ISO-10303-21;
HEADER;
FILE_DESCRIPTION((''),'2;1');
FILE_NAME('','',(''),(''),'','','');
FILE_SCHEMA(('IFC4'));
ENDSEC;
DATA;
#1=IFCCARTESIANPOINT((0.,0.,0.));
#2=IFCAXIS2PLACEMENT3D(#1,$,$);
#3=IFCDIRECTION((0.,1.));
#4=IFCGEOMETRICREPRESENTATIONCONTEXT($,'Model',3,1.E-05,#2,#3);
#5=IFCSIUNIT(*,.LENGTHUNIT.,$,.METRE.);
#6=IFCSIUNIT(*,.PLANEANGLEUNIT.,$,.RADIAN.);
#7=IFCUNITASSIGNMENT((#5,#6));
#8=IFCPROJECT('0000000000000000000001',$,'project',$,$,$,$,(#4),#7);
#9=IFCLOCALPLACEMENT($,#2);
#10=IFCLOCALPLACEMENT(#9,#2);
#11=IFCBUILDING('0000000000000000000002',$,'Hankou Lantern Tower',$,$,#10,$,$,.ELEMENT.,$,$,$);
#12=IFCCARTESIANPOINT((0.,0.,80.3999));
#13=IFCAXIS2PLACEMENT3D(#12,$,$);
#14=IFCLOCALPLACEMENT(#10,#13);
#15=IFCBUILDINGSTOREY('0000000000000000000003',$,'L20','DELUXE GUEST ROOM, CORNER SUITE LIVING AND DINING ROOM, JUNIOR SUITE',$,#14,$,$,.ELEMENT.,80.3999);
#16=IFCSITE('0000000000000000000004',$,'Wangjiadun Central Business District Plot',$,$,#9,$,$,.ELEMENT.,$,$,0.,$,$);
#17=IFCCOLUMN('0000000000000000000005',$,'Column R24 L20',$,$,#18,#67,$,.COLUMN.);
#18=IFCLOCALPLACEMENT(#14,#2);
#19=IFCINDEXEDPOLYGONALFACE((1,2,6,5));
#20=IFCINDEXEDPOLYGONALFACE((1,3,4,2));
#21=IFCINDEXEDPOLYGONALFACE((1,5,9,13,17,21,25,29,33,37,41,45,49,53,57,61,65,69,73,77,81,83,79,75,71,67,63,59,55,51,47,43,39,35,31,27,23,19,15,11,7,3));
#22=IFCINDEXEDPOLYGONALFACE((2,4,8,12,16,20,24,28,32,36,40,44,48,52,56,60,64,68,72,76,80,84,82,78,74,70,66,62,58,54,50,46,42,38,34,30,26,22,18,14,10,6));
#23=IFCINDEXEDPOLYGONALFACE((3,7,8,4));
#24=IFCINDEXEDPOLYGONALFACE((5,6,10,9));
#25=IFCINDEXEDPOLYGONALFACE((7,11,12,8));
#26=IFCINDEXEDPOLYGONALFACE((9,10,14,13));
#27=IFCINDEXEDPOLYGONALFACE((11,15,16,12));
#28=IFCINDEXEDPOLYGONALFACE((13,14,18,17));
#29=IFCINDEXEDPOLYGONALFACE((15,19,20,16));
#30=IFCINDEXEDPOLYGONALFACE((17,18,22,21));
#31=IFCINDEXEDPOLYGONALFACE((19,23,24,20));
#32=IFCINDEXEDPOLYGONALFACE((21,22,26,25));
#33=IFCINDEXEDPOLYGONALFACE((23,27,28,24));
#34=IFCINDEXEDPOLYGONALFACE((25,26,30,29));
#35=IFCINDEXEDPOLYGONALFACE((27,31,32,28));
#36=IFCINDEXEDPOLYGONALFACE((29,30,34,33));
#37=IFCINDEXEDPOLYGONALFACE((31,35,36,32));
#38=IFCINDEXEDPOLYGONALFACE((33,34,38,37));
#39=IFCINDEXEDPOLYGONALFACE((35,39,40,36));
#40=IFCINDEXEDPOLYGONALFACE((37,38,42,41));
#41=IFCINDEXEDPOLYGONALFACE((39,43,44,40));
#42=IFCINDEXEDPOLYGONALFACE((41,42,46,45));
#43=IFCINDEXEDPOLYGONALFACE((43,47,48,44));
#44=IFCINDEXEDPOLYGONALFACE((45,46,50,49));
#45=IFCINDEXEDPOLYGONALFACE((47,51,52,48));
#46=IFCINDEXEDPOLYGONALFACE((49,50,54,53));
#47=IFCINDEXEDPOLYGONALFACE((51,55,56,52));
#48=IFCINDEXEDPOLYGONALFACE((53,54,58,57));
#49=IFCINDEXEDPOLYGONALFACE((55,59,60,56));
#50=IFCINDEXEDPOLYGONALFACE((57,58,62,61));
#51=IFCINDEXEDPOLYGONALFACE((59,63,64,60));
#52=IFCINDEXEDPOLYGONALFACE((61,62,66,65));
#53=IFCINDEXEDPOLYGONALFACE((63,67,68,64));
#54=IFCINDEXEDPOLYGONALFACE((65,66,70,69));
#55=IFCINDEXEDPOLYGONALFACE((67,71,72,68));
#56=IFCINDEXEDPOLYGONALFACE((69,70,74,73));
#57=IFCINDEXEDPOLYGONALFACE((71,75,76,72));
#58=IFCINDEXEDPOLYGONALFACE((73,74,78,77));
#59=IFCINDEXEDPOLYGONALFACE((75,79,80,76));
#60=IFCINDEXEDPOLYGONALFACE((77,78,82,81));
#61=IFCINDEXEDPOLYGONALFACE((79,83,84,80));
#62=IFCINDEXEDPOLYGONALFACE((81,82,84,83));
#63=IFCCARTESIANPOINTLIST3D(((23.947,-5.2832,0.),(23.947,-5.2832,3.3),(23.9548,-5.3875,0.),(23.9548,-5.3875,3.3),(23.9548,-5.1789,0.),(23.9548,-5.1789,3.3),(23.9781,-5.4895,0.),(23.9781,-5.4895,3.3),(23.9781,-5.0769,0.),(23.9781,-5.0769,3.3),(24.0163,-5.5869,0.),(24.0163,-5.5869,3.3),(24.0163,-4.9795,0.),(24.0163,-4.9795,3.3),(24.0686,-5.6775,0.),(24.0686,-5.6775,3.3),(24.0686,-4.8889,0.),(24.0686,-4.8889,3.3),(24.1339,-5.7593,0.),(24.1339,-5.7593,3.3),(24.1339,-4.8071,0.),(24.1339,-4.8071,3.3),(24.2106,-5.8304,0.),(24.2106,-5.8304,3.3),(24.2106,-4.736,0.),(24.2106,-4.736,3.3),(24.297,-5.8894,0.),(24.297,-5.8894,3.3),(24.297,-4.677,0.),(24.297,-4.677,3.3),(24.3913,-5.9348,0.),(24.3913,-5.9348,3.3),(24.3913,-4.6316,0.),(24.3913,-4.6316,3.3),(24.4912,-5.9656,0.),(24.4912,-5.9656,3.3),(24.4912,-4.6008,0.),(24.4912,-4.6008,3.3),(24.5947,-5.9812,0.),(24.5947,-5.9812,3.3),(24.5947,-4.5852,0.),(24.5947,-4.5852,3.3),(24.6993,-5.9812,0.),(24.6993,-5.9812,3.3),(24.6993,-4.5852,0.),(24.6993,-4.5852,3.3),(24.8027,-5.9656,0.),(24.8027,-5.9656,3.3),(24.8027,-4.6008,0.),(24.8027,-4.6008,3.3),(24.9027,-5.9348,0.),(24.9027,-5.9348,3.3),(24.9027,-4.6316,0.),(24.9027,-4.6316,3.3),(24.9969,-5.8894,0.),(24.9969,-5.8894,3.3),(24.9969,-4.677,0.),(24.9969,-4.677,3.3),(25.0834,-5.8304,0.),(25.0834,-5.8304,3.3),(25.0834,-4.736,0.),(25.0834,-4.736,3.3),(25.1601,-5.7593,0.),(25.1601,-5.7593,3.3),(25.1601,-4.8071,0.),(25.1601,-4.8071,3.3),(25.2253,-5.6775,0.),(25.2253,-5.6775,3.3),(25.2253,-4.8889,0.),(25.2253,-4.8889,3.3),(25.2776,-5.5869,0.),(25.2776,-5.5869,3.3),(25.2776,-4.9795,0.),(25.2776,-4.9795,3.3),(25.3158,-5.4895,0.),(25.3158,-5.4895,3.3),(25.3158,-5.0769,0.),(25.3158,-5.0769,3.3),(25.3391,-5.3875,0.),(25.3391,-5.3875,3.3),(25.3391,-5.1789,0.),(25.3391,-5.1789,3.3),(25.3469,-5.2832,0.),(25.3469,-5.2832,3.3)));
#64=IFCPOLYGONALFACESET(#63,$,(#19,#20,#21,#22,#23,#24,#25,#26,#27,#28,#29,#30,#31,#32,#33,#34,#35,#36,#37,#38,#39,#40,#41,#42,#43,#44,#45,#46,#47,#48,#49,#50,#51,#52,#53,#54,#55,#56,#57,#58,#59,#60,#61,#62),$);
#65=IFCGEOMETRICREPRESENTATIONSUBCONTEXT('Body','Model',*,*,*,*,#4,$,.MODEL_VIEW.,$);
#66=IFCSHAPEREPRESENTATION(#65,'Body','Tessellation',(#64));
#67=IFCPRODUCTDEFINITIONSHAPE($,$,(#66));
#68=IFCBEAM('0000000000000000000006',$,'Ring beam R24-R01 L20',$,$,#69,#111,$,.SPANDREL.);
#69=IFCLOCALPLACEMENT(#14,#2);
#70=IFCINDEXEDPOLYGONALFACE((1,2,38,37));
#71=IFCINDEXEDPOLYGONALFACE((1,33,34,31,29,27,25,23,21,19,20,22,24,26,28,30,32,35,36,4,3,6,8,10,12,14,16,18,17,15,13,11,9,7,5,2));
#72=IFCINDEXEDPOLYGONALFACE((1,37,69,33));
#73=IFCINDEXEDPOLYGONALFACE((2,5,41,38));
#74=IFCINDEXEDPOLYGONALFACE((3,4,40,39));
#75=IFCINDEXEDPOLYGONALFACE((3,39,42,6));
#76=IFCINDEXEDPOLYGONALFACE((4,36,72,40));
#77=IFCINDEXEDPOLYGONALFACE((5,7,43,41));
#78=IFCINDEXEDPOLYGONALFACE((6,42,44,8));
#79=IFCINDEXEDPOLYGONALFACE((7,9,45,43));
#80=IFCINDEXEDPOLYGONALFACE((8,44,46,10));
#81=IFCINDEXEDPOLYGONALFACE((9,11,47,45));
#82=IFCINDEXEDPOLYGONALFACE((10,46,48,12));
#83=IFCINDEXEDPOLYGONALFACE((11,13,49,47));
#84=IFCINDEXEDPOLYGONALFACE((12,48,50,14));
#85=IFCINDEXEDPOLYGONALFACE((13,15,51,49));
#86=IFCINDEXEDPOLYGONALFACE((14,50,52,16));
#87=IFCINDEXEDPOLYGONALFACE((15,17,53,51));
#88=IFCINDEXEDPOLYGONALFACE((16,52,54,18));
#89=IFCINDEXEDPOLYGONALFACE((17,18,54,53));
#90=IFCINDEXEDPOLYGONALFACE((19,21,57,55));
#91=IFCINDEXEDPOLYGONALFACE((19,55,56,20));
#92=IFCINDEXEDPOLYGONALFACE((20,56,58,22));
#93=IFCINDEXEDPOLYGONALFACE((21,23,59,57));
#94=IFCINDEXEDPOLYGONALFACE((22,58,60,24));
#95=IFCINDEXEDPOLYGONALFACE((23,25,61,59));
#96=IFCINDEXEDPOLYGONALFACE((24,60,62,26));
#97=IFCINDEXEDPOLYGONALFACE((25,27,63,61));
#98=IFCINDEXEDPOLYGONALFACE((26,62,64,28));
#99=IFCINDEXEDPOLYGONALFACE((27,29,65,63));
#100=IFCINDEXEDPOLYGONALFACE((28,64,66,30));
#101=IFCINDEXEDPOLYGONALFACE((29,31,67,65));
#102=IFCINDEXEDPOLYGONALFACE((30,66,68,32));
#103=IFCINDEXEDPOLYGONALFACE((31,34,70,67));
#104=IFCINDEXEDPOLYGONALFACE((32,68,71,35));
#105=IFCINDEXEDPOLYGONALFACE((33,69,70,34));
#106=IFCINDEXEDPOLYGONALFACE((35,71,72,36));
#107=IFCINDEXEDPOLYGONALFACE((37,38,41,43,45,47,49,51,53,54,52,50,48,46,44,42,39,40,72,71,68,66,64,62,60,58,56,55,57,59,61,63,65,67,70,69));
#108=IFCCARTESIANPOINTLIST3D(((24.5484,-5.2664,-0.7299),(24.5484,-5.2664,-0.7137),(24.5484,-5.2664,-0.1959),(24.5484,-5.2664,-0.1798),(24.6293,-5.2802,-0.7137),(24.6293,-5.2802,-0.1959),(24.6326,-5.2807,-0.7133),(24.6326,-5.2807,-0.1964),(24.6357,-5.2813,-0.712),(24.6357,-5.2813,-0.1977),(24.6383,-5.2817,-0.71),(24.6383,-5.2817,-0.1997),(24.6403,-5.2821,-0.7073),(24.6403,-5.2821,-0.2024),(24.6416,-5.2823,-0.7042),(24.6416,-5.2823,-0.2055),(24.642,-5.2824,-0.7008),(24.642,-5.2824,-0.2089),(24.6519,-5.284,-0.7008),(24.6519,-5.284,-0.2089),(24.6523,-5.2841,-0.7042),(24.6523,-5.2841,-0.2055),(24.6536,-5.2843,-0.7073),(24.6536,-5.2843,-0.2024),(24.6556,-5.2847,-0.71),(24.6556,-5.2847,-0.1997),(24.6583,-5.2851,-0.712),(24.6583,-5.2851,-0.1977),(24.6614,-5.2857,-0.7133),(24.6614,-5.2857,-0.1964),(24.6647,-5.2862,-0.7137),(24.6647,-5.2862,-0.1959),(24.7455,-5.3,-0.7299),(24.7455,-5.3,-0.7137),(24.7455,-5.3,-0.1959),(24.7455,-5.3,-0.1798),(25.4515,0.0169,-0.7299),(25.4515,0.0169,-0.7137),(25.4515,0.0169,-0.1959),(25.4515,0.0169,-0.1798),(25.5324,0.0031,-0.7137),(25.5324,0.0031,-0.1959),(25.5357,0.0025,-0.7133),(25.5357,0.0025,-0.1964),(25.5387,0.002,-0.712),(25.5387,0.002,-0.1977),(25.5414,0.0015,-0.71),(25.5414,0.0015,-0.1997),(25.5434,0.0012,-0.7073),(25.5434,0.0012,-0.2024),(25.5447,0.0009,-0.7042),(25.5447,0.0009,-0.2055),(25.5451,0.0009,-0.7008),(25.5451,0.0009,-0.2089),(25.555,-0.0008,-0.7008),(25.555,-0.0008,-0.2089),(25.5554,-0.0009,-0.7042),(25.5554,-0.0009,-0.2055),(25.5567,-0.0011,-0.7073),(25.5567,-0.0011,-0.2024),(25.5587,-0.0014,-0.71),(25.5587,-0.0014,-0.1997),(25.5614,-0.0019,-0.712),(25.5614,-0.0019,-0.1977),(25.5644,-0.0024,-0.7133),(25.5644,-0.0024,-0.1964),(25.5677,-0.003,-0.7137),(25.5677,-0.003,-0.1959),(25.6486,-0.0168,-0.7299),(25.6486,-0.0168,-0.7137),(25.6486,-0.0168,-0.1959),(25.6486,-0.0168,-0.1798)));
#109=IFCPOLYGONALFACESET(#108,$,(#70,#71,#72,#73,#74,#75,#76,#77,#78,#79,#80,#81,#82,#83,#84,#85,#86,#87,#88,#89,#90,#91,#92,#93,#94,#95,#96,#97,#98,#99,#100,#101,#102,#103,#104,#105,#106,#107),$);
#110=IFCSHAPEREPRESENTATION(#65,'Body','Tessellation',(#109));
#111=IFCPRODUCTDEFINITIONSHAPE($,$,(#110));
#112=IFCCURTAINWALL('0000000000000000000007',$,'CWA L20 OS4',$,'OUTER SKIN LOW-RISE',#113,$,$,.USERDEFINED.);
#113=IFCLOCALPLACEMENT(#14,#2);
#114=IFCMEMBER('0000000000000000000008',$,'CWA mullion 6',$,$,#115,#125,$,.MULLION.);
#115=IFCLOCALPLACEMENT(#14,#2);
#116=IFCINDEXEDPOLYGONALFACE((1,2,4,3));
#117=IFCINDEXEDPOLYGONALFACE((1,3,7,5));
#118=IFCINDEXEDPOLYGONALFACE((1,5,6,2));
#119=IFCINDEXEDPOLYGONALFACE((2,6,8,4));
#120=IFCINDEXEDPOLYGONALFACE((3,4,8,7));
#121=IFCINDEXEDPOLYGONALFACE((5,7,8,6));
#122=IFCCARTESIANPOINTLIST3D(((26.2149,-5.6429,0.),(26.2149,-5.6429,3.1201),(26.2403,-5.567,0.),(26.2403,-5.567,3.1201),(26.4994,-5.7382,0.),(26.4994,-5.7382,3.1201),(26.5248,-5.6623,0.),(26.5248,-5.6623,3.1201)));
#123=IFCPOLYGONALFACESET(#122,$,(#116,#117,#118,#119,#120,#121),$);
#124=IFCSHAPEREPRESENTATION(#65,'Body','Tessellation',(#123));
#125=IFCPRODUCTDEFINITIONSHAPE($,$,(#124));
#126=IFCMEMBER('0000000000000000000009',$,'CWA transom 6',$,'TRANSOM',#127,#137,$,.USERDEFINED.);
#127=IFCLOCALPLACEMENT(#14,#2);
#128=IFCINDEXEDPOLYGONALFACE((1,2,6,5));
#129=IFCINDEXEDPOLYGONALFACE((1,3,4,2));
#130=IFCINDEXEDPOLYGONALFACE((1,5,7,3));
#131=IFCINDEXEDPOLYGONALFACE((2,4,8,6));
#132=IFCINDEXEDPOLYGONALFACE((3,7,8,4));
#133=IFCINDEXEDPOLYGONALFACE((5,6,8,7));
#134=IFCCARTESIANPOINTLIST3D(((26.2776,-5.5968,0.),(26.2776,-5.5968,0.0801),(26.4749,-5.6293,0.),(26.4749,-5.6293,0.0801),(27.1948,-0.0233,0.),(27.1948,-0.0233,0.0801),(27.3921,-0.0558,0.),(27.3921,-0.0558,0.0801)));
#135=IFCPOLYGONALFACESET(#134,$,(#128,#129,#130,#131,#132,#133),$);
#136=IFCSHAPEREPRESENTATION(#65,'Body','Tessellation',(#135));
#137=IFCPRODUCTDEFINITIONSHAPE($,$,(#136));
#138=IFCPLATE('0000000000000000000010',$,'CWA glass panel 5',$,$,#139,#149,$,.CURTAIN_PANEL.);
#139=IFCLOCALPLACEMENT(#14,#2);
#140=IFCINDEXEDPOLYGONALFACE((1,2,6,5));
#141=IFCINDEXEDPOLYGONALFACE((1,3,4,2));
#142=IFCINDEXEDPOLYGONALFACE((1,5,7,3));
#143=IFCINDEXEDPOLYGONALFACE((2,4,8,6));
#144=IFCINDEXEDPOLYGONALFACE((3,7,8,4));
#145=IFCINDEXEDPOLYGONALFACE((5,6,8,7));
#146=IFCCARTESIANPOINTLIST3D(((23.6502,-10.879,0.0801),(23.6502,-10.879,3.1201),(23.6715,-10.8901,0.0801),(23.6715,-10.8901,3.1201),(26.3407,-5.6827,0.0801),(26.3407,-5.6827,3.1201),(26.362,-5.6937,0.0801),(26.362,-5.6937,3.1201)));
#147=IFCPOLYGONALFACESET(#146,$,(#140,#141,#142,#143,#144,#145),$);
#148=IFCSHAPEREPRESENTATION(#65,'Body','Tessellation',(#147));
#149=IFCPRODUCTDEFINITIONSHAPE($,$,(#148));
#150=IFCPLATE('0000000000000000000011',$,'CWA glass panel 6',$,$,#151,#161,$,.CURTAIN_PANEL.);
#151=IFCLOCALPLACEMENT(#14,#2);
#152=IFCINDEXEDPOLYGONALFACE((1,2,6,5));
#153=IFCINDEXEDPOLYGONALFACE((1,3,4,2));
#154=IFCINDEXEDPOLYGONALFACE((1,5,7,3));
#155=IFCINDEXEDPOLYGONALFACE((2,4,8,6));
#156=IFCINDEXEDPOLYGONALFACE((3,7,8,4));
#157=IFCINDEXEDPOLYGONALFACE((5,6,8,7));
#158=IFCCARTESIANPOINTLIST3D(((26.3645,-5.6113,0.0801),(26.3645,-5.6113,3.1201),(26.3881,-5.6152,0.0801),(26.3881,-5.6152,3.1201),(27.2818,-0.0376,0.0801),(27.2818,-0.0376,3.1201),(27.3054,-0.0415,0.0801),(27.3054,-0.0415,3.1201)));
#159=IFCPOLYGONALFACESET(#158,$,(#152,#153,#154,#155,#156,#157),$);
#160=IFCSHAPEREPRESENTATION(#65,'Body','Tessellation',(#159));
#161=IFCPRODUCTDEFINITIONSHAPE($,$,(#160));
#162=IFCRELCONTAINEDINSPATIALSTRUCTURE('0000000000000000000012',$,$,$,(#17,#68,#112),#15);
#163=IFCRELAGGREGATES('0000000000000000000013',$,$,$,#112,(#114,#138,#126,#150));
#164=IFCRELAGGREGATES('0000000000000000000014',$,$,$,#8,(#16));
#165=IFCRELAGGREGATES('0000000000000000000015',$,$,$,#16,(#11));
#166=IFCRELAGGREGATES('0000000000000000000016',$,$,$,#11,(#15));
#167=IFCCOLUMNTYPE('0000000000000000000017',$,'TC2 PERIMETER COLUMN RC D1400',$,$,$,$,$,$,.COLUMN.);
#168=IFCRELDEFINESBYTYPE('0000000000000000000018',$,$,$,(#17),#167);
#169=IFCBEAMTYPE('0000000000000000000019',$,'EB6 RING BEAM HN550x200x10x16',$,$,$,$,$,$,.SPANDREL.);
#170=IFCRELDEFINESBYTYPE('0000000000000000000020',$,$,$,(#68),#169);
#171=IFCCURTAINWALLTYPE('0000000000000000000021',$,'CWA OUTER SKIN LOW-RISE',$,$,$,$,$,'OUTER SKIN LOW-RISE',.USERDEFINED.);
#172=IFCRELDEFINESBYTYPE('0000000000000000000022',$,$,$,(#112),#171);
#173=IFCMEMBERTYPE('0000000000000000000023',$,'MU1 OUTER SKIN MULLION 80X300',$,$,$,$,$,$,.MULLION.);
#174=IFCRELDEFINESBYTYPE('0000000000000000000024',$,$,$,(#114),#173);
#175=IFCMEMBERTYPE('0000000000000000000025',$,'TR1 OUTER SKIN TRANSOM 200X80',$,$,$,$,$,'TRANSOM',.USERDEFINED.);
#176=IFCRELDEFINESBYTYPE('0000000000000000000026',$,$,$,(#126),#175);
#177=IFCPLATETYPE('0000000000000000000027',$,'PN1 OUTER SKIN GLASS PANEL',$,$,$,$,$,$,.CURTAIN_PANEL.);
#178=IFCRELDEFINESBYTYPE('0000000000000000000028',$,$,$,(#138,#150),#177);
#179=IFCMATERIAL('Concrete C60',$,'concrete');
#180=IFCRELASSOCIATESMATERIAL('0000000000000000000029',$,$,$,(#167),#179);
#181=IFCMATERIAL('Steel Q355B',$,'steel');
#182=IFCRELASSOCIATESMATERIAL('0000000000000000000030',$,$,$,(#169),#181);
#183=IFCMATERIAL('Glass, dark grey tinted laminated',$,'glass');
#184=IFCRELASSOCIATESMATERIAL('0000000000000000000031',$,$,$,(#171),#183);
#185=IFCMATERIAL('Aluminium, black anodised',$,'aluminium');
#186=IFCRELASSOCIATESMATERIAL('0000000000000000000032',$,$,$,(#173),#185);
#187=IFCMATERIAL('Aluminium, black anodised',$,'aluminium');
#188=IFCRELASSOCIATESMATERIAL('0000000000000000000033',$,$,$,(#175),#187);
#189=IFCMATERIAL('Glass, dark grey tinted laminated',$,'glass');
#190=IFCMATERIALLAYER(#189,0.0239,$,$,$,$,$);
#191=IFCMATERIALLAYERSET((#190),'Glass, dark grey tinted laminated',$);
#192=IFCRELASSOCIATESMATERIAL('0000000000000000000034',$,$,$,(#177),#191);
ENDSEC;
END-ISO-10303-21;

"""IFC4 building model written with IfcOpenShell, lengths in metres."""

from ifc_helpers import new_model, si_unit, direction, frame, origin, origin_2d, place, context, subcontext, project, spatial, rectangle, circle, i_section, extrude, material, layer, layer_set, material_profile, profile_set, type_object, element, aggregate, save


model = new_model("IFC4")

# Units and contexts
model_context = context("Model", 3, precision=1e-05, world=origin(), true_north=direction((0.0, 1.0)))
body_context = subcontext(model_context, "Body", "Model", "MODEL_VIEW")
ifc_project = project(units=[si_unit("LENGTHUNIT", "METRE"), si_unit("PLANEANGLEUNIT", "RADIAN")], contexts=[model_context])

# Site, building, storey
site_placement = place(None, origin())
site = spatial("IfcSite", under=ifc_project, at=site_placement, Name="Wangjiadun Central Business District Plot", CompositionType="ELEMENT", RefElevation=0.0)
building_placement = place(site_placement, origin())
building = spatial("IfcBuilding", under=site, at=building_placement, Name="Hankou Lantern Tower", CompositionType="ELEMENT")
storey_placement = place(building_placement, frame((0.0, 0.0, 80.3999)))
storey = spatial("IfcBuildingStorey", under=building, at=storey_placement, Name="L20", Description="DELUXE GUEST ROOM, CORNER SUITE LIVING AND DINING ROOM, JUNIOR SUITE", CompositionType="ELEMENT", Elevation=80.3999)

# Column
ifc_material_1 = material(Name="Concrete C60", Category="concrete")
ifc_material_profile_1 = material_profile(ifc_material_1, circle(Radius=0.7, at=origin_2d()), Name="RC D1400")
ifc_profile_set_1 = profile_set([ifc_material_profile_1], Name="Concrete C60")
column_type = type_object("IfcColumnType", Name="TC2 PERIMETER COLUMN RC D1400", PredefinedType="COLUMN", material=ifc_profile_set_1)
column_placement = place(storey_placement, frame((24.647, -5.2832, 0.0), z_axis=(0.0, 0.0, 1.0), x_axis=(1.0, 0.0, 0.0)))
element("IfcColumn", 1, at=column_placement, inside=storey, type_object=column_type, Name="Column R24 L20", PredefinedType="COLUMN", context=body_context, shape_type="SweptSolid", body=[
    extrude(circle(Radius=0.7, at=origin_2d()), origin(), (0.0, 0.0, 1.0), 3.3),
])

# Beam
ifc_material_2 = material(Name="Steel Q355B", Category="steel")
ifc_material_profile_2 = material_profile(ifc_material_2, i_section(OverallWidth=0.2, OverallDepth=0.55, WebThickness=0.01, FlangeThickness=0.0161, FilletRadius=0.0129, at=origin_2d()), Name="HN550x200x10x16")
ifc_profile_set_2 = profile_set([ifc_material_profile_2], Name="Steel Q355B")
beam_type = type_object("IfcBeamType", Name="EB6 RING BEAM HN550x200x10x16", PredefinedType="SPANDREL", material=ifc_profile_set_2)
beam_placement = place(storey_placement, frame((24.647, -5.2832, -0.4548), z_axis=(0.16849, 0.985703, 0.0), x_axis=(-0.985703, 0.16849, 0.0)))
element("IfcBeam", 2, at=beam_placement, inside=storey, type_object=beam_type, Name="Ring beam R24-R01 L20", PredefinedType="SPANDREL", context=body_context, shape_type="SweptSolid", body=[
    extrude(i_section(OverallWidth=0.2, OverallDepth=0.55, WebThickness=0.01, FlangeThickness=0.0161, FilletRadius=0.0129, at=origin_2d()), origin(), (0.0, 0.0, 1.0), 5.3599),
])

# Curtain wall, members, plates
ifc_material_3 = material(Name="Glass, dark grey tinted laminated", Category="glass")
curtain_wall_type = type_object("IfcCurtainWallType", Name="CWA OUTER SKIN LOW-RISE", ElementType="OUTER SKIN LOW-RISE", PredefinedType="USERDEFINED", material=ifc_material_3)
curtain_wall_placement = place(storey_placement, origin())
curtain_wall = element("IfcCurtainWall", 3, at=curtain_wall_placement, inside=storey, type_object=curtain_wall_type, Name="CWA L20 OS4", ObjectType="OUTER SKIN LOW-RISE", PredefinedType="USERDEFINED")
ifc_material_4 = material(Name="Aluminium, black anodised", Category="aluminium")
ifc_material_profile_3 = material_profile(ifc_material_4, rectangle(XDim=0.0801, YDim=0.3, at=origin_2d()), Name="MU1 80X300")
ifc_profile_set_3 = profile_set([ifc_material_profile_3], Name="Aluminium, black anodised")
member_type_1 = type_object("IfcMemberType", Name="MU1 OUTER SKIN MULLION 80X300", PredefinedType="MULLION", material=ifc_profile_set_3)
member_1_placement = place(storey_placement, frame((26.3699, -5.6526, 0.0), z_axis=(0.0, 0.0, 1.0), x_axis=(0.317596, 0.948226, 0.0)))
member_1 = element("IfcMember", 4, at=member_1_placement, type_object=member_type_1, Name="CWA mullion 6", PredefinedType="MULLION", context=body_context, shape_type="SweptSolid", body=[
    extrude(rectangle(XDim=0.0801, YDim=0.3, at=origin_2d()), origin(), (0.0, 0.0, 1.0), 3.1201),
])
ifc_material_5 = material(Name="Aluminium, black anodised", Category="aluminium")
ifc_material_profile_4 = material_profile(ifc_material_5, rectangle(XDim=0.2, YDim=0.0801, at=origin_2d()), Name="TR1 200X80")
ifc_profile_set_4 = profile_set([ifc_material_profile_4], Name="Aluminium, black anodised")
member_type_2 = type_object("IfcMemberType", Name="TR1 OUTER SKIN TRANSOM 200X80", ElementType="TRANSOM", PredefinedType="USERDEFINED", material=ifc_profile_set_4)
member_2_placement = place(storey_placement, frame((26.3762, -5.613, 0.04), z_axis=(0.162387, 0.986727, 0.0), x_axis=(-0.986727, 0.162387, 0.0)))
member_2 = element("IfcMember", 5, at=member_2_placement, type_object=member_type_2, Name="CWA transom 6", ObjectType="TRANSOM", PredefinedType="USERDEFINED", context=body_context, shape_type="SweptSolid", body=[
    extrude(rectangle(XDim=0.2, YDim=0.0801, at=origin_2d()), origin(), (0.0, 0.0, 1.0), 5.6484),
])
ifc_material_6 = material(Name="Glass, dark grey tinted laminated", Category="glass")
ifc_layer_1 = layer(ifc_material_6, 0.0239)
ifc_layer_set_1 = layer_set([ifc_layer_1], Name="Glass, dark grey tinted laminated")
plate_type = type_object("IfcPlateType", Name="PN1 OUTER SKIN GLASS PANEL", PredefinedType="CURTAIN_PANEL", material=ifc_layer_set_1)
plate_1_placement = place(storey_placement, frame((25.0061, -8.2864, 0.0801), z_axis=(0.0, 0.0, 1.0), x_axis=(0.459791, 0.888027, 0.0)))
plate_1 = element("IfcPlate", 6, at=plate_1_placement, type_object=plate_type, Name="CWA glass panel 5", PredefinedType="CURTAIN_PANEL", context=body_context, shape_type="SweptSolid", body=[
    extrude(rectangle(XDim=5.8516, YDim=0.0239, at=origin_2d()), origin(), (0.0, 0.0, 1.0), 3.04),
])
plate_2_placement = place(storey_placement, frame((26.835, -2.8264, 0.0801), z_axis=(0.0, 0.0, 1.0), x_axis=(0.162382, 0.986728, 0.0)))
plate_2 = element("IfcPlate", 7, at=plate_2_placement, type_object=plate_type, Name="CWA glass panel 6", PredefinedType="CURTAIN_PANEL", context=body_context, shape_type="SweptSolid", body=[
    extrude(rectangle(XDim=5.6487, YDim=0.0239, at=origin_2d()), origin(), (0.0, 0.0, 1.0), 3.04),
])
aggregate(curtain_wall, [member_1, plate_1, member_2, plate_2])

save(model, "model.ifc")
